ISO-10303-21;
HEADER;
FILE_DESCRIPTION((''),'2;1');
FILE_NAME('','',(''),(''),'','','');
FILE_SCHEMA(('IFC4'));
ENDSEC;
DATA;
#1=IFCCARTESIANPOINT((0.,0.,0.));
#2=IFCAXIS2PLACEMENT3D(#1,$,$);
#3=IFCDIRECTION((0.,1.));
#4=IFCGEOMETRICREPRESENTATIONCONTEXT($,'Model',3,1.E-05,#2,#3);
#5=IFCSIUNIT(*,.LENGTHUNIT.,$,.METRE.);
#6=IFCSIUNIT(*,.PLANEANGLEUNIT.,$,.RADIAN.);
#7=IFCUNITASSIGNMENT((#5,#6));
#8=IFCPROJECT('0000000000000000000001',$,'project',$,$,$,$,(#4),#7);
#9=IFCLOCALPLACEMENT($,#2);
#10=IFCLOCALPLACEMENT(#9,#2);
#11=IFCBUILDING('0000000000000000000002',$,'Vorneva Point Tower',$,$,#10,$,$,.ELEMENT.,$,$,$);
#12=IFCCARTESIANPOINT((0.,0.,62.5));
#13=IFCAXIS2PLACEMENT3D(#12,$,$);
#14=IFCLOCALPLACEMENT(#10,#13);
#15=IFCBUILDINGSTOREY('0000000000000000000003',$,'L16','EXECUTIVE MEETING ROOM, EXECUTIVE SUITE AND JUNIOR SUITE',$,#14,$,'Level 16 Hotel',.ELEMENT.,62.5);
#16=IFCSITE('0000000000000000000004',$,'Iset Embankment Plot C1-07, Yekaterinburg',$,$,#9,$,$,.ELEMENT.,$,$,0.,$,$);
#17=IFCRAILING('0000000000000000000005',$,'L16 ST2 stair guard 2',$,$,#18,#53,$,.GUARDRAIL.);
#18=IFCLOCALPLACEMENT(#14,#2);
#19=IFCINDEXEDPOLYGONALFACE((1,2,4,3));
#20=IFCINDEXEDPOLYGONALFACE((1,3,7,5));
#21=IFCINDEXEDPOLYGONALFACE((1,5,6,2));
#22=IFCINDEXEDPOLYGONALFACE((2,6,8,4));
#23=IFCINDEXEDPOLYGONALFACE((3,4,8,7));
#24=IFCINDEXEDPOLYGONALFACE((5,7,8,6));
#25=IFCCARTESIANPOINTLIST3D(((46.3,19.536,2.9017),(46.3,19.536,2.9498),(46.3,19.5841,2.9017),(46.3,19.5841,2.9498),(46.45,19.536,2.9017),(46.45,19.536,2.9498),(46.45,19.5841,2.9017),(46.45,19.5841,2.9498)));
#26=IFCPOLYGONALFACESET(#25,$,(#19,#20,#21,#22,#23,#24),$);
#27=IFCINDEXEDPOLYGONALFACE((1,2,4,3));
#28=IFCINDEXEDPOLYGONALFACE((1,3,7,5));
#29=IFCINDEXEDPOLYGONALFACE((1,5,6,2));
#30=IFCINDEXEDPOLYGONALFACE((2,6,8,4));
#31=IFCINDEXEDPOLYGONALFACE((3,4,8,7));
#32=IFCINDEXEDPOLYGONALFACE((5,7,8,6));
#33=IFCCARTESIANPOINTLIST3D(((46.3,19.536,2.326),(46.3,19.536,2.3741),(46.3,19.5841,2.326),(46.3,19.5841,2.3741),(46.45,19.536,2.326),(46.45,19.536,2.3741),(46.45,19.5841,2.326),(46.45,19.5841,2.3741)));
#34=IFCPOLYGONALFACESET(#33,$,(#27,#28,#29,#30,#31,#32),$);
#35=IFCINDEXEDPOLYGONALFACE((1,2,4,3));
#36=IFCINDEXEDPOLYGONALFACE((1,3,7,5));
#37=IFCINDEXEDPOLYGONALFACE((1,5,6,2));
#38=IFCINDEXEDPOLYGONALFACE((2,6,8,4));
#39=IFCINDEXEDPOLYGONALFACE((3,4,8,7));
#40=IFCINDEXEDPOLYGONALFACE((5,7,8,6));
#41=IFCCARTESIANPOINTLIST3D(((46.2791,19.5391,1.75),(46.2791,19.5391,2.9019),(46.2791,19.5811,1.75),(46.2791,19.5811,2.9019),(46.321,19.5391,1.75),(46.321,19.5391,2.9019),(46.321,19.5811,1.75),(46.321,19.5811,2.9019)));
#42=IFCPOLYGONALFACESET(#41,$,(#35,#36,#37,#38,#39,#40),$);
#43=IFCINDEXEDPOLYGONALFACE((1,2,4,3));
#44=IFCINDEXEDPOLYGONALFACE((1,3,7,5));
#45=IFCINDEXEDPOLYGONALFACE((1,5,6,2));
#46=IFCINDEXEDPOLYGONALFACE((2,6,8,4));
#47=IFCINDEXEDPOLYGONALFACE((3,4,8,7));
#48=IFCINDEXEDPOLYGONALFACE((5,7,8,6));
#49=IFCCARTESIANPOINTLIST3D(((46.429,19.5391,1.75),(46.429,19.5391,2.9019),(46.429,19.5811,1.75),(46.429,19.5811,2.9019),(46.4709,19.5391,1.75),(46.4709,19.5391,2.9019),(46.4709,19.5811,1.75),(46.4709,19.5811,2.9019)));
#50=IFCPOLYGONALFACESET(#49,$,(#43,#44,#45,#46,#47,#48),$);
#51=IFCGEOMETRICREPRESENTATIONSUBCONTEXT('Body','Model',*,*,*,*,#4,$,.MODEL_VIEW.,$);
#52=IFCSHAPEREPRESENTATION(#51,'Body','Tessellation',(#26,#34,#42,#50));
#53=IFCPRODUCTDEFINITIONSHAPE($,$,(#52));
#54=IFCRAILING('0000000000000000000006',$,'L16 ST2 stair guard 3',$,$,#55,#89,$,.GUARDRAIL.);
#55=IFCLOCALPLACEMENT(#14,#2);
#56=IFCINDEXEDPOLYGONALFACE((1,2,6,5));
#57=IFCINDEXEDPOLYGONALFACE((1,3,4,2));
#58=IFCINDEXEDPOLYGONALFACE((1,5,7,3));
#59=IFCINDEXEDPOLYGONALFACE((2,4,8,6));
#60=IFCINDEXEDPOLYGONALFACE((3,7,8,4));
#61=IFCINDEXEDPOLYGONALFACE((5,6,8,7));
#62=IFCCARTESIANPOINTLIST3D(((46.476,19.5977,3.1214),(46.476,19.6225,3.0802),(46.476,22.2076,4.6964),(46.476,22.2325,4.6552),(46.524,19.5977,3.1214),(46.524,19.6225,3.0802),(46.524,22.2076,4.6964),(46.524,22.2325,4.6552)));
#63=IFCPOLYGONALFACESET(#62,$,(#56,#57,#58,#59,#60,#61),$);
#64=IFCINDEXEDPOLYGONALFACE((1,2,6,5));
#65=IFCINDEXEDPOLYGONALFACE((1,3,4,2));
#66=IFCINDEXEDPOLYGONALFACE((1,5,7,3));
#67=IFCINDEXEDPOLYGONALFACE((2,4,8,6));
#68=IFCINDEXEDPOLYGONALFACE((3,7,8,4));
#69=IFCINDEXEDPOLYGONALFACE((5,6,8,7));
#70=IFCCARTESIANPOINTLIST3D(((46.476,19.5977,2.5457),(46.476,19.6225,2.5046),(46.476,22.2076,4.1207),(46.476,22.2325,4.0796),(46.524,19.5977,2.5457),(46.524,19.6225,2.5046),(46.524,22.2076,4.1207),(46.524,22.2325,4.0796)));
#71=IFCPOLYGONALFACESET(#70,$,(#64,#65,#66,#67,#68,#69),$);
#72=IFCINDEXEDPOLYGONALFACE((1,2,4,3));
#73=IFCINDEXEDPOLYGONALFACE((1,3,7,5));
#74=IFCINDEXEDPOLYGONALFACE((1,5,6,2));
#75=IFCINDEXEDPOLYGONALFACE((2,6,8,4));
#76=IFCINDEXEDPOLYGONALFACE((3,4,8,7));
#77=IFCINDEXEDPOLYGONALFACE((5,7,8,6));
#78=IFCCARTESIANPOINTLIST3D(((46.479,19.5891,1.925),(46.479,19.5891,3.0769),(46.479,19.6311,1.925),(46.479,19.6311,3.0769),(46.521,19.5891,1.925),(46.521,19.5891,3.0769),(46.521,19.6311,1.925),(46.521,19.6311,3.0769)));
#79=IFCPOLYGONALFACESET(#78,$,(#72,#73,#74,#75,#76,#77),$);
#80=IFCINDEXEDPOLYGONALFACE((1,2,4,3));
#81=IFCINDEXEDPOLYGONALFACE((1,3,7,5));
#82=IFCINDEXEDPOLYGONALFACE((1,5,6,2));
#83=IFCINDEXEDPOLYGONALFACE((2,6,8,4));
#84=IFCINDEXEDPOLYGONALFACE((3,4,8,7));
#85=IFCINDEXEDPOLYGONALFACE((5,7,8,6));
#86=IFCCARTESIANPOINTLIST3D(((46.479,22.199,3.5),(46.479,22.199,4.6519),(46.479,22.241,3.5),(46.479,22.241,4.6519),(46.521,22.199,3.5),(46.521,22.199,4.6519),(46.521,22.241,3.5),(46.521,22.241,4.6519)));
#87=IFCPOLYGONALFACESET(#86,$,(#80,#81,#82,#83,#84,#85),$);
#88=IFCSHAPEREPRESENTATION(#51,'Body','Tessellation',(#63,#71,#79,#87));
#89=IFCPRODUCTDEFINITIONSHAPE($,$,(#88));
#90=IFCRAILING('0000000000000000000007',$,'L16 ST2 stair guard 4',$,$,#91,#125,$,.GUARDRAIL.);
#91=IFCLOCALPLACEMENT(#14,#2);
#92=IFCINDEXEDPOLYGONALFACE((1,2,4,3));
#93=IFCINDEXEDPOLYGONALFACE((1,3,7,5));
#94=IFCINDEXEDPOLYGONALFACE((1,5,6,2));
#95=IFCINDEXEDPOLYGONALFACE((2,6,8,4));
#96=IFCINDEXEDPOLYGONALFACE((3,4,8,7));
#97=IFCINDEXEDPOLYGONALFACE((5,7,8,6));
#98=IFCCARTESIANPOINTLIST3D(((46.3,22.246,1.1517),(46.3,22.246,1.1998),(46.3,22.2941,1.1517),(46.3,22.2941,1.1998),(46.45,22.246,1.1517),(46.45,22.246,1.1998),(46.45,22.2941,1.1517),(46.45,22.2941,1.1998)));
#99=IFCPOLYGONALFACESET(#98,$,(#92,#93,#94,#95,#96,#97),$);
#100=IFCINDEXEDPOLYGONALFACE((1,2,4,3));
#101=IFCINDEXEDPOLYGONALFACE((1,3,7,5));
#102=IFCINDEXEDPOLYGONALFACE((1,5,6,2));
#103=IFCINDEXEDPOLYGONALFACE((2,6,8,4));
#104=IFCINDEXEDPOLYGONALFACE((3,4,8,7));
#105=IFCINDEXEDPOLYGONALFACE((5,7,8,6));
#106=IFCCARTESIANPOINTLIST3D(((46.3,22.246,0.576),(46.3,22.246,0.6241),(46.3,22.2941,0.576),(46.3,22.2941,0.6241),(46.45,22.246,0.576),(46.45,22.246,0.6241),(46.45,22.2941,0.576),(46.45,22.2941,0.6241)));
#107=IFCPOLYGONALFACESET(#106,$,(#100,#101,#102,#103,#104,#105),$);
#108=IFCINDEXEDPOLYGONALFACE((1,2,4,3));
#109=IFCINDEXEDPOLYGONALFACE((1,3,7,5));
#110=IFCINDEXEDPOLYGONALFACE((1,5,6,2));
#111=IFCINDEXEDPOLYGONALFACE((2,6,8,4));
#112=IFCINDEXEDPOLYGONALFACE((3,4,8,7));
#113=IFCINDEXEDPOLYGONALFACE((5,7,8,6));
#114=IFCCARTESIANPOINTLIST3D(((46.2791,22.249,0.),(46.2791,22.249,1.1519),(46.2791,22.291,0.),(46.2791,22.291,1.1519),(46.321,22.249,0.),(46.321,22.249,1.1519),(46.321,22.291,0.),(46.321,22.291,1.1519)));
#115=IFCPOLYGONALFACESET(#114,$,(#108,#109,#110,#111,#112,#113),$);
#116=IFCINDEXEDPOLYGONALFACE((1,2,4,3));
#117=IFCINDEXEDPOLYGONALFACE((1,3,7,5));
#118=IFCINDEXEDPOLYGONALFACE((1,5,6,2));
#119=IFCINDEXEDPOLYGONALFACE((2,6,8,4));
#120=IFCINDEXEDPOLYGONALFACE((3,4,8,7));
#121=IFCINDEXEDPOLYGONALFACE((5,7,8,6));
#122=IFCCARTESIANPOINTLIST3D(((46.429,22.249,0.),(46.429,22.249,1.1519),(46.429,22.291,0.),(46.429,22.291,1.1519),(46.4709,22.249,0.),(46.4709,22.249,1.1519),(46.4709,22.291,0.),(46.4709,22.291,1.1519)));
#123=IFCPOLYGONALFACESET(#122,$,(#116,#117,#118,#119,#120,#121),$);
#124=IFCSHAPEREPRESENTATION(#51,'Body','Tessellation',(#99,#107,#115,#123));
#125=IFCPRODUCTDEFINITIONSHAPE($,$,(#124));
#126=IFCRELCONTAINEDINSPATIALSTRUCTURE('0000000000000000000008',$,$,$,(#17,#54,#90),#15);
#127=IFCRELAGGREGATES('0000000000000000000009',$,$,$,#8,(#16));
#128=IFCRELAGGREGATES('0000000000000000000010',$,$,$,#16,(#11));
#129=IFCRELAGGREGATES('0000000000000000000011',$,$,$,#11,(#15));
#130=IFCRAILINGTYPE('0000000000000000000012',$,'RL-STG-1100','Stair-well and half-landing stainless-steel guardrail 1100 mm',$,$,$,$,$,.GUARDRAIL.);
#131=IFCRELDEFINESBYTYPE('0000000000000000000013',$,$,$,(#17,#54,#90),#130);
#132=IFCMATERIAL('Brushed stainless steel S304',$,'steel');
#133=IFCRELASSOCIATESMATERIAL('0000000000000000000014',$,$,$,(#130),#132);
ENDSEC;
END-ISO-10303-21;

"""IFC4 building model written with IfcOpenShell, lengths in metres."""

from ifc_helpers import new_model, si_unit, direction, frame, origin, origin_2d, place, context, subcontext, project, spatial, rectangle, extrude, material, type_object, element, save


model = new_model("IFC4")

# Units and contexts
model_context = context("Model", 3, precision=1e-05, world=origin(), true_north=direction((0.0, 1.0)))
body_context = subcontext(model_context, "Body", "Model", "MODEL_VIEW")
ifc_project = project(units=[si_unit("LENGTHUNIT", "METRE"), si_unit("PLANEANGLEUNIT", "RADIAN")], contexts=[model_context])

# Site, building, storey
site_placement = place(None, origin())
site = spatial("IfcSite", under=ifc_project, at=site_placement, Name="Iset Embankment Plot C1-07, Yekaterinburg", CompositionType="ELEMENT", RefElevation=0.0)
building_placement = place(site_placement, origin())
building = spatial("IfcBuilding", under=site, at=building_placement, Name="Vorneva Point Tower", CompositionType="ELEMENT")
storey_placement = place(building_placement, frame((0.0, 0.0, 62.5)))
storey = spatial("IfcBuildingStorey", under=building, at=storey_placement, Name="L16", Description="EXECUTIVE MEETING ROOM, EXECUTIVE SUITE AND JUNIOR SUITE", LongName="Level 16 Hotel", CompositionType="ELEMENT", Elevation=62.5)

# Railings
ifc_material_1 = material(Name="Brushed stainless steel S304", Category="steel")
railing_type_1 = type_object("IfcRailingType", Name="RL-STG-1100", Description="Stair-well and half-landing stainless-steel guardrail 1100 mm", PredefinedType="GUARDRAIL", material=ifc_material_1)
railing_1_placement = place(storey_placement, frame((46.3, 19.5601, 1.75)))
element("IfcRailing", 1, at=railing_1_placement, inside=storey, type_object=railing_type_1, Name="L16 ST2 stair guard 2", PredefinedType="GUARDRAIL", context=body_context, shape_type="SweptSolid", body=[
    extrude(rectangle(XDim=0.0481, YDim=0.0481, at=origin_2d()), frame((0.0, 0.0, 1.1758), z_axis=(1.0, 0.0, 0.0), x_axis=(0.0, 1.0, 0.0)), (0.0, 0.0, 1.0), 0.1499),
    extrude(rectangle(XDim=0.0481, YDim=0.0481, at=origin_2d()), frame((0.0, 0.0, 0.6001), z_axis=(1.0, 0.0, 0.0), x_axis=(0.0, 1.0, 0.0)), (0.0, 0.0, 1.0), 0.1499),
    extrude(rectangle(XDim=0.042, YDim=0.042, at=origin_2d()), origin(), (0.0, 0.0, 1.0), 1.1519),
    extrude(rectangle(XDim=0.042, YDim=0.042, at=origin_2d()), frame((0.1499, 0.0, 0.0)), (0.0, 0.0, 1.0), 1.1519),
])
railing_2_placement = place(storey_placement, frame((46.5, 19.6101, 1.925)))
element("IfcRailing", 2, at=railing_2_placement, inside=storey, type_object=railing_type_1, Name="L16 ST2 stair guard 3", PredefinedType="GUARDRAIL", context=body_context, shape_type="SweptSolid", body=[
    extrude(rectangle(XDim=0.0481, YDim=0.0481, at=origin_2d()), frame((0.0, 0.0, 1.1758), z_axis=(0.0, 0.856183, 0.516673), x_axis=(-1.0, 0.0, 0.0)), (0.0, 0.0, 1.0), 3.0483),
    extrude(rectangle(XDim=0.0481, YDim=0.0481, at=origin_2d()), frame((0.0, 0.0, 0.6001), z_axis=(0.0, 0.856183, 0.516673), x_axis=(-1.0, 0.0, 0.0)), (0.0, 0.0, 1.0), 3.0483),
    extrude(rectangle(XDim=0.042, YDim=0.042, at=origin_2d()), origin(), (0.0, 0.0, 1.0), 1.1519),
    extrude(rectangle(XDim=0.042, YDim=0.042, at=origin_2d()), frame((0.0, 2.6099, 1.575)), (0.0, 0.0, 1.0), 1.1519),
])
railing_3_placement = place(storey_placement, frame((46.3, 22.27, 0.0)))
element("IfcRailing", 3, at=railing_3_placement, inside=storey, type_object=railing_type_1, Name="L16 ST2 stair guard 4", PredefinedType="GUARDRAIL", context=body_context, shape_type="SweptSolid", body=[
    extrude(rectangle(XDim=0.0481, YDim=0.0481, at=origin_2d()), frame((0.0, 0.0, 1.1758), z_axis=(1.0, 0.0, 0.0), x_axis=(0.0, 1.0, 0.0)), (0.0, 0.0, 1.0), 0.1499),
    extrude(rectangle(XDim=0.0481, YDim=0.0481, at=origin_2d()), frame((0.0, 0.0, 0.6001), z_axis=(1.0, 0.0, 0.0), x_axis=(0.0, 1.0, 0.0)), (0.0, 0.0, 1.0), 0.1499),
    extrude(rectangle(XDim=0.042, YDim=0.042, at=origin_2d()), origin(), (0.0, 0.0, 1.0), 1.1519),
    extrude(rectangle(XDim=0.042, YDim=0.042, at=origin_2d()), frame((0.1499, 0.0, 0.0)), (0.0, 0.0, 1.0), 1.1519),
])

save(model, "model.ifc")
